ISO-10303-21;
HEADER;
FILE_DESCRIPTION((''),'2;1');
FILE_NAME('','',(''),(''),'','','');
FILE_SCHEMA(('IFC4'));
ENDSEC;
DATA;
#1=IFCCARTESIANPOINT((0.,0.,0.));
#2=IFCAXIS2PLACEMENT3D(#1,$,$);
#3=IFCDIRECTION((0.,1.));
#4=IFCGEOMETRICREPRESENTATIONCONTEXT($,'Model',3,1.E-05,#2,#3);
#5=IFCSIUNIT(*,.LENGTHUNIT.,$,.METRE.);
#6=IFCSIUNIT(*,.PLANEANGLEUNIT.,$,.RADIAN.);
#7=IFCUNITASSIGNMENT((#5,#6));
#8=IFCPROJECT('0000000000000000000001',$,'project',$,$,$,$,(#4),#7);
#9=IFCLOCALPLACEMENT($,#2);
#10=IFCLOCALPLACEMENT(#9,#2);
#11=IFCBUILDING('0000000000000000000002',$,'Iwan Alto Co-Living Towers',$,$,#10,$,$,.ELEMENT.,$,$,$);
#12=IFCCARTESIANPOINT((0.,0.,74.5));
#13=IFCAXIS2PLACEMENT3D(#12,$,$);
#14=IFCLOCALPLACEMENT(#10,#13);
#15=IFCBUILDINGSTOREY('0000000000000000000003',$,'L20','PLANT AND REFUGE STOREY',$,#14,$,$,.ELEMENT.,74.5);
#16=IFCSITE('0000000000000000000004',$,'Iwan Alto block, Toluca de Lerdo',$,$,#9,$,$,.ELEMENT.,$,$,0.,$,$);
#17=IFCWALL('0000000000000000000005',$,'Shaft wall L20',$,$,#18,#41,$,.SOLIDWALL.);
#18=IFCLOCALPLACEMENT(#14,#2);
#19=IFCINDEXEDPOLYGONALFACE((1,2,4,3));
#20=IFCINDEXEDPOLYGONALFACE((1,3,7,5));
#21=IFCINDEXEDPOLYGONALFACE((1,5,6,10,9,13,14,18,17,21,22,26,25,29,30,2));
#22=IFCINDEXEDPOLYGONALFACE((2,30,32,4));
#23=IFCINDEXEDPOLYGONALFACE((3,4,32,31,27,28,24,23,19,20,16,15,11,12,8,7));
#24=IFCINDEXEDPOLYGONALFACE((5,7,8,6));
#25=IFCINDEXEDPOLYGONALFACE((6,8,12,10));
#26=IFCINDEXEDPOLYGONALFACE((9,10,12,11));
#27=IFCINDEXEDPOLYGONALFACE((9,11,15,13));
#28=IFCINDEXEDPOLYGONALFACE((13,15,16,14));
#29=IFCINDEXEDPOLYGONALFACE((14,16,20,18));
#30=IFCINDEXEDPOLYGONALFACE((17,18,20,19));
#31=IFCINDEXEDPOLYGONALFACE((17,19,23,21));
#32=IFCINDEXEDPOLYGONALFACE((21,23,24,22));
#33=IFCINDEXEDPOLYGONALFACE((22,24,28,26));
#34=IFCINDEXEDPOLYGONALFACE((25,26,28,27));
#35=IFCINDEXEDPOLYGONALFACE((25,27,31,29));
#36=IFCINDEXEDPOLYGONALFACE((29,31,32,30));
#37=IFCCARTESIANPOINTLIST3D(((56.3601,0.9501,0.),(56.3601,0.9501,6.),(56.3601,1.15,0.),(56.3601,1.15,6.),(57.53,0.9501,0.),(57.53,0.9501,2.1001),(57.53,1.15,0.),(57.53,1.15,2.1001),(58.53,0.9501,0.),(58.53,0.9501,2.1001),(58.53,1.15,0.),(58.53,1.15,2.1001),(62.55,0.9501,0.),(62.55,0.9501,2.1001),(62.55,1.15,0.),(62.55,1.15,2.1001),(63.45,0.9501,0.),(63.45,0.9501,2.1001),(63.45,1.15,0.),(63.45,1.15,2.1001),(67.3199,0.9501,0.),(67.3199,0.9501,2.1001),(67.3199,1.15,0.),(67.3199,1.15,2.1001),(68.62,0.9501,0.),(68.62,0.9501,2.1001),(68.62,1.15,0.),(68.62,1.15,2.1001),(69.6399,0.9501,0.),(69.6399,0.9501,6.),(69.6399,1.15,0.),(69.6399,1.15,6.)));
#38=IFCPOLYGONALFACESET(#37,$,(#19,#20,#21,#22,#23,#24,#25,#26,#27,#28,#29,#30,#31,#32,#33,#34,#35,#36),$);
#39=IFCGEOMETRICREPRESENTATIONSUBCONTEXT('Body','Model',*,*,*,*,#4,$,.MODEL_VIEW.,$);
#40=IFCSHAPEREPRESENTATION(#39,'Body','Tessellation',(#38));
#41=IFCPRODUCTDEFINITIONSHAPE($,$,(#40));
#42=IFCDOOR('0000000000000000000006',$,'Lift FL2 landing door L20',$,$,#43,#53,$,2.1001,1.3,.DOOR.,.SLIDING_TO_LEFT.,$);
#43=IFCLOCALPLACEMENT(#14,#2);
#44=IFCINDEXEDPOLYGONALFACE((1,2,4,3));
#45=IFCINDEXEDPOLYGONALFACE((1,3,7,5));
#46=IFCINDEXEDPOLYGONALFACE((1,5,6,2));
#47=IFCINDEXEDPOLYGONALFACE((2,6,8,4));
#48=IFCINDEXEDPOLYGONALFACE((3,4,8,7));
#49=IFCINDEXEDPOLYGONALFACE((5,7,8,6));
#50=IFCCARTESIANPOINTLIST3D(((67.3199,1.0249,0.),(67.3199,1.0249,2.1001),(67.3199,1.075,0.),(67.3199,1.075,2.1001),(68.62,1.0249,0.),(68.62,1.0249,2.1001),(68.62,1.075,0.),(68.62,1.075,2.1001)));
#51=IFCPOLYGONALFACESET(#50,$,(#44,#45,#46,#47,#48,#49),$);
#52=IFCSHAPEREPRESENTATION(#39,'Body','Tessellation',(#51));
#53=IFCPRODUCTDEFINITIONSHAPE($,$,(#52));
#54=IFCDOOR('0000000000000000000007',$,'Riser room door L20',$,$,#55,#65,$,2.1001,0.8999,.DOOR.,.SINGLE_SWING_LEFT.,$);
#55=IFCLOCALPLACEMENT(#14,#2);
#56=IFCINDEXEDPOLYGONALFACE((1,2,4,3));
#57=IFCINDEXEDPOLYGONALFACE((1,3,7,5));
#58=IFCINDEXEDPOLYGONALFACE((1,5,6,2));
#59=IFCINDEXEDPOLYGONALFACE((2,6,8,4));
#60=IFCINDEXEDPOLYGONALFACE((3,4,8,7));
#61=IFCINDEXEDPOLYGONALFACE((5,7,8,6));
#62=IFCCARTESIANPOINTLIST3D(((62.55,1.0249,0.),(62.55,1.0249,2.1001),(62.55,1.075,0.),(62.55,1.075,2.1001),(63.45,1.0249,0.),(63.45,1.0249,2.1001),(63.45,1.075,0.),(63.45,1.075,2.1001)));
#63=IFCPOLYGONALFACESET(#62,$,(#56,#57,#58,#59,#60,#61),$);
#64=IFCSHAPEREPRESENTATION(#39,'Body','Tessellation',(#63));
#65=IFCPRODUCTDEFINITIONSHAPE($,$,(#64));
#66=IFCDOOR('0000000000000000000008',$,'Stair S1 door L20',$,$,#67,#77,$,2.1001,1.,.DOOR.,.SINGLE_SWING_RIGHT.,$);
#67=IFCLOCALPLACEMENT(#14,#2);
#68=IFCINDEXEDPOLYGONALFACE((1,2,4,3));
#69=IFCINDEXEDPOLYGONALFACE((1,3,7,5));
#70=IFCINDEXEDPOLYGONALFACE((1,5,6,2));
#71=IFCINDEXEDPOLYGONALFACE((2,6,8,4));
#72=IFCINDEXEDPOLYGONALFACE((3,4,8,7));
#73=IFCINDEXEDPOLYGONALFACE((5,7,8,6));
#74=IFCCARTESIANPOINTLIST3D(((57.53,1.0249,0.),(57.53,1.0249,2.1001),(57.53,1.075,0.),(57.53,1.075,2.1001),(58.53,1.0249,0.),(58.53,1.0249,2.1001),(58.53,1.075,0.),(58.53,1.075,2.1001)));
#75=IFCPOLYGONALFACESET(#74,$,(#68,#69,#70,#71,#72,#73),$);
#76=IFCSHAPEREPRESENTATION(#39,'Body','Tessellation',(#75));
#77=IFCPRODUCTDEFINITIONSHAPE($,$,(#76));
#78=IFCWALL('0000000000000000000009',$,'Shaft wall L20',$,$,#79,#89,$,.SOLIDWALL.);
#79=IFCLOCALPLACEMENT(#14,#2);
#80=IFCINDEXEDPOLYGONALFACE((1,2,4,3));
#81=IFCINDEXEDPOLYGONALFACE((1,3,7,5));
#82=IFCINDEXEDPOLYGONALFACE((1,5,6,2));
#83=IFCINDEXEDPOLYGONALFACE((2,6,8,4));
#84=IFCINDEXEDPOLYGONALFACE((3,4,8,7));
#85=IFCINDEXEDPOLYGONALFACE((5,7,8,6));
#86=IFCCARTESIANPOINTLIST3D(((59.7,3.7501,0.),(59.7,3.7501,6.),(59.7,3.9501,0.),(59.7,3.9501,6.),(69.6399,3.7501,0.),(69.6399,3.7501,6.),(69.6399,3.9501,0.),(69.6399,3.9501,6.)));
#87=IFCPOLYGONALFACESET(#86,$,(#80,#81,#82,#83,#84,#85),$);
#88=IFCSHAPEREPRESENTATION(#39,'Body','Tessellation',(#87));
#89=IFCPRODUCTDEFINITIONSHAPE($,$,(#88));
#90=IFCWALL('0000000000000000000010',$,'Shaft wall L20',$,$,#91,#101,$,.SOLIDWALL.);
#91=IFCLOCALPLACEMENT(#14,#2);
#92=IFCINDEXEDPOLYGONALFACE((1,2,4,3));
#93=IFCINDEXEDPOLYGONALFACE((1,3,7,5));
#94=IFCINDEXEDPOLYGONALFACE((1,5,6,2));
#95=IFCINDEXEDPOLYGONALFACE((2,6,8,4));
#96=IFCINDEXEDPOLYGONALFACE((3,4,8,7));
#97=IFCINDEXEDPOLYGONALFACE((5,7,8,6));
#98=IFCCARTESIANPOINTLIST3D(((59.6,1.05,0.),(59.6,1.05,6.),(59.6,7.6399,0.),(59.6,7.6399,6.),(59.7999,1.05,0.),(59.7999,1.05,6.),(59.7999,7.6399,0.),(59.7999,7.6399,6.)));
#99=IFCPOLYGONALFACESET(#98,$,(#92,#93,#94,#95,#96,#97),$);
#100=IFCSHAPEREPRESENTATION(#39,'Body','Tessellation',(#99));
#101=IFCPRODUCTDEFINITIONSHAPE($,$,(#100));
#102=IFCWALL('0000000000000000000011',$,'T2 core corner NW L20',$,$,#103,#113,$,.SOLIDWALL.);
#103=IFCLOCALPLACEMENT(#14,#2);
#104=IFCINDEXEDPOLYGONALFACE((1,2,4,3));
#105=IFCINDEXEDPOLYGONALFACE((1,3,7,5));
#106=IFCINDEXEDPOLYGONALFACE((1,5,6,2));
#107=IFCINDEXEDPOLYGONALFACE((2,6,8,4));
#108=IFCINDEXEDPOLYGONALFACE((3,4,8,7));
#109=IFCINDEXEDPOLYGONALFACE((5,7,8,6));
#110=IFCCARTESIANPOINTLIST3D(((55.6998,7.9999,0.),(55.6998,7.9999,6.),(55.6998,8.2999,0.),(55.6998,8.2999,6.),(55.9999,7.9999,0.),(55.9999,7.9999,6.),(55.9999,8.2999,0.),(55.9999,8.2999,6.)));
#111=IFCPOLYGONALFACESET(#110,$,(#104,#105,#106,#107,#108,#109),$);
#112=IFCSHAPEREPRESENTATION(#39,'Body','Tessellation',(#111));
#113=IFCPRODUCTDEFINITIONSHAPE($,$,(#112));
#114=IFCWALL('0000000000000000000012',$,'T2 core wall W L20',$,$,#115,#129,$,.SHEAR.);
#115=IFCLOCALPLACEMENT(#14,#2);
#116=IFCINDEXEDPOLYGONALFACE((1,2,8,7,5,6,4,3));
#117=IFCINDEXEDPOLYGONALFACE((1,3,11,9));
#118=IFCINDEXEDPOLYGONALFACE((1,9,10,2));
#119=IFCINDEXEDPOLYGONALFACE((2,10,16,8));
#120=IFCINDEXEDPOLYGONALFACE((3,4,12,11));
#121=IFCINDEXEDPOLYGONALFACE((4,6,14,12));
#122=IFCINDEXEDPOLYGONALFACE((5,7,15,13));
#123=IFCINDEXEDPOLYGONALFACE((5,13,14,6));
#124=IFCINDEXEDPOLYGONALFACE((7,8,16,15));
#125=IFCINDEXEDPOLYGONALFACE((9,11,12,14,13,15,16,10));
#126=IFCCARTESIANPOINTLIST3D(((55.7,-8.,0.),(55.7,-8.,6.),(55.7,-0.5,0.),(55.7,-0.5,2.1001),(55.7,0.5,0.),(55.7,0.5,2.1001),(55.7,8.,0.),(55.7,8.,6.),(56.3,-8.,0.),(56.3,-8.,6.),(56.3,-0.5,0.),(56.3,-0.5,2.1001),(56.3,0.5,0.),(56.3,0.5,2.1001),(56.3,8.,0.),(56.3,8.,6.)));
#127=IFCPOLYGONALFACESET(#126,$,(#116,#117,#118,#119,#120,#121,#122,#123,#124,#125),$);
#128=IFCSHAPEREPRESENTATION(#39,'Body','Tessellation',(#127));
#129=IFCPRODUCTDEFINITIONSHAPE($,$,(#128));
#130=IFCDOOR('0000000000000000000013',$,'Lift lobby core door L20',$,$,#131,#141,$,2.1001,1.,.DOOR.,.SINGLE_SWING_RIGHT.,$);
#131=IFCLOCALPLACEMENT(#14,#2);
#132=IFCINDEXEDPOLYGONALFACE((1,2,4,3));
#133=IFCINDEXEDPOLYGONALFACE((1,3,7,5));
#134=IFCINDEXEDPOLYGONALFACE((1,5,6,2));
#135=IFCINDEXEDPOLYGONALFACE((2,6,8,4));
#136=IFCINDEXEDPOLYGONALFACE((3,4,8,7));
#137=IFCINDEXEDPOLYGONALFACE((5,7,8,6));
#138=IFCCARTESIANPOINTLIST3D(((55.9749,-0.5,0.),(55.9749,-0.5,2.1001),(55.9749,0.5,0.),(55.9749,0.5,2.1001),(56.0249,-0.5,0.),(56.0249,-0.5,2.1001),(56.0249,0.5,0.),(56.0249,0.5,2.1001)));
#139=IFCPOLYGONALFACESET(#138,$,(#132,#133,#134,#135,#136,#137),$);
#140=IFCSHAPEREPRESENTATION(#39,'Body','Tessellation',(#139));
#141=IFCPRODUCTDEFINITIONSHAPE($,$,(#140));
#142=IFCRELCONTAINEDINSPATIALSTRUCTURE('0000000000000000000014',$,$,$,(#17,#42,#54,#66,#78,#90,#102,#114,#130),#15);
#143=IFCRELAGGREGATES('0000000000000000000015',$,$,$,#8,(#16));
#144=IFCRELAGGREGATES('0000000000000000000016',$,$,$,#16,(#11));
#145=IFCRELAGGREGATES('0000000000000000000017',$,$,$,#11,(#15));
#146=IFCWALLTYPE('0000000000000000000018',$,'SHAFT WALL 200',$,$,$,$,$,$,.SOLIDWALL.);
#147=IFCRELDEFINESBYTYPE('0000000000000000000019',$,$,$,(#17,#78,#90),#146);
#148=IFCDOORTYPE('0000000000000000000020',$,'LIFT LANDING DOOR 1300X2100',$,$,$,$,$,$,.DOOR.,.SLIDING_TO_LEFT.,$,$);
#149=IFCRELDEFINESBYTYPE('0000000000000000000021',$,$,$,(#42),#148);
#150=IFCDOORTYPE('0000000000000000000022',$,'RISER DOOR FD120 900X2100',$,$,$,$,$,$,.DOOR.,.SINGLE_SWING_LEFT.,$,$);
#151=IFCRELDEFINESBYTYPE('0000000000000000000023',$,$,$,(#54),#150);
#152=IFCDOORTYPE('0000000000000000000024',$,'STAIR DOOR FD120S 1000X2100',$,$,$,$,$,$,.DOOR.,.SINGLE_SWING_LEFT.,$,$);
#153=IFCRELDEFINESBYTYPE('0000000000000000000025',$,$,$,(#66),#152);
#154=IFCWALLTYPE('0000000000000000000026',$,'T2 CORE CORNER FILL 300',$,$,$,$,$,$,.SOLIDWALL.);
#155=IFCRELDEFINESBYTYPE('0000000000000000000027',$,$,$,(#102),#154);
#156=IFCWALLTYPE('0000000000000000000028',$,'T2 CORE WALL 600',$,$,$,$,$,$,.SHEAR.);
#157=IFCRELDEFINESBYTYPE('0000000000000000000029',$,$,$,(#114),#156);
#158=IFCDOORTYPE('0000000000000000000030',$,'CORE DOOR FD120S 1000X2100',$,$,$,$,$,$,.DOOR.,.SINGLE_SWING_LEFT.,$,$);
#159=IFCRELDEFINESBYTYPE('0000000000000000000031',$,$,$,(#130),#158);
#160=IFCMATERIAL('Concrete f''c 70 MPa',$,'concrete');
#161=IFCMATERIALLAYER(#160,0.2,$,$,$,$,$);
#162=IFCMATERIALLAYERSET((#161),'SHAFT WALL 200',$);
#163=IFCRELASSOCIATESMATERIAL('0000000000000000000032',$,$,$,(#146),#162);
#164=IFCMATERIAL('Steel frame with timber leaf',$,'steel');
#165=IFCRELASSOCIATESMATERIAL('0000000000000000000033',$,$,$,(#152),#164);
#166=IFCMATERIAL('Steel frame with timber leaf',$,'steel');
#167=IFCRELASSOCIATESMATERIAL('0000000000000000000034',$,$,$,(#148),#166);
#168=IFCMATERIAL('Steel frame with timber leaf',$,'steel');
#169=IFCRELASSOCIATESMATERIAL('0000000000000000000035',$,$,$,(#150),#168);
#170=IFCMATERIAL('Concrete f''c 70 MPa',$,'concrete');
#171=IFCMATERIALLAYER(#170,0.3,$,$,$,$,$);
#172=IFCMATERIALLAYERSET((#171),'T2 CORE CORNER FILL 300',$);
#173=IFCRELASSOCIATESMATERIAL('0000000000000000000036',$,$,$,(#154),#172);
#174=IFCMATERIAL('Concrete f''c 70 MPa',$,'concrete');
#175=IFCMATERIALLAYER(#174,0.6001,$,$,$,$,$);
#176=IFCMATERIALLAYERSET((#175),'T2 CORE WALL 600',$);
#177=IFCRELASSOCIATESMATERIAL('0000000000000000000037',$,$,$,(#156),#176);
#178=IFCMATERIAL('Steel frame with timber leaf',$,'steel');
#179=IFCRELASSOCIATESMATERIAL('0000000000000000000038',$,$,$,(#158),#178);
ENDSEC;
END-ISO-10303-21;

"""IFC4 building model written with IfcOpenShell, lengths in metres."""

from ifc_helpers import new_model, si_unit, direction, frame, frame_2d, origin, place, context, subcontext, project, spatial, rectangle, extrude, material, layer, layer_set, type_object, element, fill, save


model = new_model("IFC4")

# Units and contexts
model_context = context("Model", 3, precision=1e-05, world=origin(), true_north=direction((0.0, 1.0)))
body_context = subcontext(model_context, "Body", "Model", "MODEL_VIEW")
ifc_project = project(units=[si_unit("LENGTHUNIT", "METRE"), si_unit("PLANEANGLEUNIT", "RADIAN")], contexts=[model_context])

# Site, building, storey
site_placement = place(None, origin())
site = spatial("IfcSite", under=ifc_project, at=site_placement, Name="Iwan Alto block, Toluca de Lerdo", CompositionType="ELEMENT", RefElevation=0.0)
building_placement = place(site_placement, origin())
building = spatial("IfcBuilding", under=site, at=building_placement, Name="Iwan Alto Co-Living Towers", CompositionType="ELEMENT")
storey_placement = place(building_placement, frame((0.0, 0.0, 74.5)))
storey = spatial("IfcBuildingStorey", under=building, at=storey_placement, Name="L20", Description="PLANT AND REFUGE STOREY", CompositionType="ELEMENT", Elevation=74.5)

# Wall, openings, doors
ifc_material_1 = material(Name="Concrete f'c 70 MPa", Category="concrete")
ifc_layer_1 = layer(ifc_material_1, 0.2)
ifc_layer_set_1 = layer_set([ifc_layer_1], Name="SHAFT WALL 200")
wall_type_1 = type_object("IfcWallType", Name="SHAFT WALL 200", PredefinedType="SOLIDWALL", material=ifc_layer_set_1)
ifc_material_2 = material(Name="Steel frame with timber leaf", Category="steel")
door_type_1 = type_object("IfcDoorType", Name="STAIR DOOR FD120S 1000X2100", OperationType="SINGLE_SWING_LEFT", PredefinedType="DOOR", material=ifc_material_2)
wall_1_placement = place(storey_placement, frame((56.3601, 1.05, 0.0), z_axis=(0.0, 0.0, 1.0), x_axis=(1.0, 0.0, 0.0)))
wall_1 = element("IfcWall", 1, at=wall_1_placement, inside=storey, type_object=wall_type_1, Name="Shaft wall L20", PredefinedType="SOLIDWALL", context=body_context, shape_type="SweptSolid", body=[
    extrude(rectangle(XDim=13.2798, YDim=0.2, at=frame_2d((6.6399, 0.0))), origin(), (0.0, 0.0, 1.0), 6.0),
])
opening_1_placement = place(wall_1_placement, frame((1.1699, 0.0, 0.0)))
opening_1 = element("IfcOpeningElement", 2, at=opening_1_placement, cuts=wall_1, PredefinedType="OPENING", context=body_context, shape_type="SweptSolid", body=[
    extrude(rectangle(XDim=1.0, YDim=2.1001, at=frame_2d((0.5, 1.05))), frame((0.0, 0.1099, 0.0), z_axis=(0.0, -1.0, 0.0), x_axis=(1.0, 0.0, 0.0)), (0.0, 0.0, 1.0), 0.22),
])
opening_2_placement = place(wall_1_placement, frame((6.1899, 0.0, 0.0)))
opening_2 = element("IfcOpeningElement", 3, at=opening_2_placement, cuts=wall_1, PredefinedType="OPENING", context=body_context, shape_type="SweptSolid", body=[
    extrude(rectangle(XDim=0.8999, YDim=2.1001, at=frame_2d((0.45, 1.05))), frame((0.0, 0.1099, 0.0), z_axis=(0.0, -1.0, 0.0), x_axis=(1.0, 0.0, 0.0)), (0.0, 0.0, 1.0), 0.22),
])
opening_3_placement = place(wall_1_placement, frame((10.96, 0.0, 0.0)))
opening_3 = element("IfcOpeningElement", 4, at=opening_3_placement, cuts=wall_1, PredefinedType="OPENING", context=body_context, shape_type="SweptSolid", body=[
    extrude(rectangle(XDim=1.3, YDim=2.1001, at=frame_2d((0.6499, 1.05))), frame((0.0, 0.1099, 0.0), z_axis=(0.0, -1.0, 0.0), x_axis=(1.0, 0.0, 0.0)), (0.0, 0.0, 1.0), 0.22),
])
ifc_material_3 = material(Name="Steel frame with timber leaf", Category="steel")
door_type_2 = type_object("IfcDoorType", Name="LIFT LANDING DOOR 1300X2100", OperationType="SLIDING_TO_LEFT", PredefinedType="DOOR", material=ifc_material_3)
door_1_placement = place(opening_3_placement, origin())
door_1 = element("IfcDoor", 5, at=door_1_placement, inside=storey, type_object=door_type_2, Name="Lift FL2 landing door L20", OperationType="SLIDING_TO_LEFT", OverallHeight=2.1001, OverallWidth=1.3, PredefinedType="DOOR", context=body_context, shape_type="SweptSolid", body=[
    extrude(rectangle(XDim=1.3, YDim=2.1001, at=frame_2d((0.6499, 1.05))), frame((0.0, 0.0249, 0.0), z_axis=(0.0, -1.0, 0.0), x_axis=(1.0, 0.0, 0.0)), (0.0, 0.0, 1.0), 0.05),
])
fill(opening_3, door_1)
ifc_material_4 = material(Name="Steel frame with timber leaf", Category="steel")
door_type_3 = type_object("IfcDoorType", Name="RISER DOOR FD120 900X2100", OperationType="SINGLE_SWING_LEFT", PredefinedType="DOOR", material=ifc_material_4)
door_2_placement = place(opening_2_placement, origin())
door_2 = element("IfcDoor", 6, at=door_2_placement, inside=storey, type_object=door_type_3, Name="Riser room door L20", OperationType="SINGLE_SWING_LEFT", OverallHeight=2.1001, OverallWidth=0.8999, PredefinedType="DOOR", context=body_context, shape_type="SweptSolid", body=[
    extrude(rectangle(XDim=0.8999, YDim=2.1001, at=frame_2d((0.45, 1.05))), frame((0.0, 0.0249, 0.0), z_axis=(0.0, -1.0, 0.0), x_axis=(1.0, 0.0, 0.0)), (0.0, 0.0, 1.0), 0.05),
])
fill(opening_2, door_2)
door_3_placement = place(opening_1_placement, origin())
door_3 = element("IfcDoor", 7, at=door_3_placement, inside=storey, type_object=door_type_1, Name="Stair S1 door L20", OperationType="SINGLE_SWING_RIGHT", OverallHeight=2.1001, OverallWidth=1.0, PredefinedType="DOOR", context=body_context, shape_type="SweptSolid", body=[
    extrude(rectangle(XDim=1.0, YDim=2.1001, at=frame_2d((0.5, 1.05))), frame((0.0, 0.0249, 0.0), z_axis=(0.0, -1.0, 0.0), x_axis=(1.0, 0.0, 0.0)), (0.0, 0.0, 1.0), 0.05),
])
fill(opening_1, door_3)

# Walls
wall_2_placement = place(storey_placement, frame((59.7, 3.8501, 0.0), z_axis=(0.0, 0.0, 1.0), x_axis=(1.0, 0.0, 0.0)))
element("IfcWall", 8, at=wall_2_placement, inside=storey, type_object=wall_type_1, Name="Shaft wall L20", PredefinedType="SOLIDWALL", context=body_context, shape_type="SweptSolid", body=[
    extrude(rectangle(XDim=9.9399, YDim=0.2, at=frame_2d((4.97, 0.0))), origin(), (0.0, 0.0, 1.0), 6.0),
])
wall_3_placement = place(storey_placement, frame((59.7, 1.05, 0.0), z_axis=(0.0, 0.0, 1.0), x_axis=(0.0, 1.0, 0.0)))
element("IfcWall", 9, at=wall_3_placement, inside=storey, type_object=wall_type_1, Name="Shaft wall L20", PredefinedType="SOLIDWALL", context=body_context, shape_type="SweptSolid", body=[
    extrude(rectangle(XDim=6.5898, YDim=0.2, at=frame_2d((3.2949, 0.0))), origin(), (0.0, 0.0, 1.0), 6.0),
])
ifc_material_5 = material(Name="Concrete f'c 70 MPa", Category="concrete")
ifc_layer_2 = layer(ifc_material_5, 0.3)
ifc_layer_set_2 = layer_set([ifc_layer_2], Name="T2 CORE CORNER FILL 300")
wall_type_2 = type_object("IfcWallType", Name="T2 CORE CORNER FILL 300", PredefinedType="SOLIDWALL", material=ifc_layer_set_2)
wall_4_placement = place(storey_placement, frame((55.7, 8.1499, 0.0), z_axis=(0.0, 0.0, 1.0), x_axis=(1.0, 0.0, 0.0)))
element("IfcWall", 10, at=wall_4_placement, inside=storey, type_object=wall_type_2, Name="T2 core corner NW L20", PredefinedType="SOLIDWALL", context=body_context, shape_type="SweptSolid", body=[
    extrude(rectangle(XDim=0.3, YDim=0.3, at=frame_2d((0.1499, 0.0))), origin(), (0.0, 0.0, 1.0), 6.0),
])

# Wall, opening, door
ifc_material_6 = material(Name="Concrete f'c 70 MPa", Category="concrete")
ifc_layer_3 = layer(ifc_material_6, 0.6001)
ifc_layer_set_3 = layer_set([ifc_layer_3], Name="T2 CORE WALL 600")
wall_type_3 = type_object("IfcWallType", Name="T2 CORE WALL 600", PredefinedType="SHEAR", material=ifc_layer_set_3)
wall_5_placement = place(storey_placement, frame((56.0, 8.0, 0.0), z_axis=(0.0, 0.0, 1.0), x_axis=(0.0, -1.0, 0.0)))
wall_5 = element("IfcWall", 11, at=wall_5_placement, inside=storey, type_object=wall_type_3, Name="T2 core wall W L20", PredefinedType="SHEAR", context=body_context, shape_type="SweptSolid", body=[
    extrude(rectangle(XDim=16.0, YDim=0.6001, at=frame_2d((8.0, 0.0))), origin(), (0.0, 0.0, 1.0), 6.0),
])
opening_4_placement = place(wall_5_placement, frame((7.5, 0.0, 0.0)))
opening_4 = element("IfcOpeningElement", 12, at=opening_4_placement, cuts=wall_5, PredefinedType="OPENING", context=body_context, shape_type="SweptSolid", body=[
    extrude(rectangle(XDim=1.0, YDim=2.1001, at=frame_2d((0.5, 1.05))), frame((0.0, 0.3101, 0.0), z_axis=(0.0, -1.0, 0.0), x_axis=(1.0, 0.0, 0.0)), (0.0, 0.0, 1.0), 0.6201),
])
ifc_material_7 = material(Name="Steel frame with timber leaf", Category="steel")
door_type_4 = type_object("IfcDoorType", Name="CORE DOOR FD120S 1000X2100", OperationType="SINGLE_SWING_LEFT", PredefinedType="DOOR", material=ifc_material_7)
door_4_placement = place(opening_4_placement, origin())
door_4 = element("IfcDoor", 13, at=door_4_placement, inside=storey, type_object=door_type_4, Name="Lift lobby core door L20", OperationType="SINGLE_SWING_RIGHT", OverallHeight=2.1001, OverallWidth=1.0, PredefinedType="DOOR", context=body_context, shape_type="SweptSolid", body=[
    extrude(rectangle(XDim=1.0, YDim=2.1001, at=frame_2d((0.5, 1.05))), frame((0.0, 0.0249, 0.0), z_axis=(0.0, -1.0, 0.0), x_axis=(1.0, 0.0, 0.0)), (0.0, 0.0, 1.0), 0.05),
])
fill(opening_4, door_4)

save(model, "model.ifc")
